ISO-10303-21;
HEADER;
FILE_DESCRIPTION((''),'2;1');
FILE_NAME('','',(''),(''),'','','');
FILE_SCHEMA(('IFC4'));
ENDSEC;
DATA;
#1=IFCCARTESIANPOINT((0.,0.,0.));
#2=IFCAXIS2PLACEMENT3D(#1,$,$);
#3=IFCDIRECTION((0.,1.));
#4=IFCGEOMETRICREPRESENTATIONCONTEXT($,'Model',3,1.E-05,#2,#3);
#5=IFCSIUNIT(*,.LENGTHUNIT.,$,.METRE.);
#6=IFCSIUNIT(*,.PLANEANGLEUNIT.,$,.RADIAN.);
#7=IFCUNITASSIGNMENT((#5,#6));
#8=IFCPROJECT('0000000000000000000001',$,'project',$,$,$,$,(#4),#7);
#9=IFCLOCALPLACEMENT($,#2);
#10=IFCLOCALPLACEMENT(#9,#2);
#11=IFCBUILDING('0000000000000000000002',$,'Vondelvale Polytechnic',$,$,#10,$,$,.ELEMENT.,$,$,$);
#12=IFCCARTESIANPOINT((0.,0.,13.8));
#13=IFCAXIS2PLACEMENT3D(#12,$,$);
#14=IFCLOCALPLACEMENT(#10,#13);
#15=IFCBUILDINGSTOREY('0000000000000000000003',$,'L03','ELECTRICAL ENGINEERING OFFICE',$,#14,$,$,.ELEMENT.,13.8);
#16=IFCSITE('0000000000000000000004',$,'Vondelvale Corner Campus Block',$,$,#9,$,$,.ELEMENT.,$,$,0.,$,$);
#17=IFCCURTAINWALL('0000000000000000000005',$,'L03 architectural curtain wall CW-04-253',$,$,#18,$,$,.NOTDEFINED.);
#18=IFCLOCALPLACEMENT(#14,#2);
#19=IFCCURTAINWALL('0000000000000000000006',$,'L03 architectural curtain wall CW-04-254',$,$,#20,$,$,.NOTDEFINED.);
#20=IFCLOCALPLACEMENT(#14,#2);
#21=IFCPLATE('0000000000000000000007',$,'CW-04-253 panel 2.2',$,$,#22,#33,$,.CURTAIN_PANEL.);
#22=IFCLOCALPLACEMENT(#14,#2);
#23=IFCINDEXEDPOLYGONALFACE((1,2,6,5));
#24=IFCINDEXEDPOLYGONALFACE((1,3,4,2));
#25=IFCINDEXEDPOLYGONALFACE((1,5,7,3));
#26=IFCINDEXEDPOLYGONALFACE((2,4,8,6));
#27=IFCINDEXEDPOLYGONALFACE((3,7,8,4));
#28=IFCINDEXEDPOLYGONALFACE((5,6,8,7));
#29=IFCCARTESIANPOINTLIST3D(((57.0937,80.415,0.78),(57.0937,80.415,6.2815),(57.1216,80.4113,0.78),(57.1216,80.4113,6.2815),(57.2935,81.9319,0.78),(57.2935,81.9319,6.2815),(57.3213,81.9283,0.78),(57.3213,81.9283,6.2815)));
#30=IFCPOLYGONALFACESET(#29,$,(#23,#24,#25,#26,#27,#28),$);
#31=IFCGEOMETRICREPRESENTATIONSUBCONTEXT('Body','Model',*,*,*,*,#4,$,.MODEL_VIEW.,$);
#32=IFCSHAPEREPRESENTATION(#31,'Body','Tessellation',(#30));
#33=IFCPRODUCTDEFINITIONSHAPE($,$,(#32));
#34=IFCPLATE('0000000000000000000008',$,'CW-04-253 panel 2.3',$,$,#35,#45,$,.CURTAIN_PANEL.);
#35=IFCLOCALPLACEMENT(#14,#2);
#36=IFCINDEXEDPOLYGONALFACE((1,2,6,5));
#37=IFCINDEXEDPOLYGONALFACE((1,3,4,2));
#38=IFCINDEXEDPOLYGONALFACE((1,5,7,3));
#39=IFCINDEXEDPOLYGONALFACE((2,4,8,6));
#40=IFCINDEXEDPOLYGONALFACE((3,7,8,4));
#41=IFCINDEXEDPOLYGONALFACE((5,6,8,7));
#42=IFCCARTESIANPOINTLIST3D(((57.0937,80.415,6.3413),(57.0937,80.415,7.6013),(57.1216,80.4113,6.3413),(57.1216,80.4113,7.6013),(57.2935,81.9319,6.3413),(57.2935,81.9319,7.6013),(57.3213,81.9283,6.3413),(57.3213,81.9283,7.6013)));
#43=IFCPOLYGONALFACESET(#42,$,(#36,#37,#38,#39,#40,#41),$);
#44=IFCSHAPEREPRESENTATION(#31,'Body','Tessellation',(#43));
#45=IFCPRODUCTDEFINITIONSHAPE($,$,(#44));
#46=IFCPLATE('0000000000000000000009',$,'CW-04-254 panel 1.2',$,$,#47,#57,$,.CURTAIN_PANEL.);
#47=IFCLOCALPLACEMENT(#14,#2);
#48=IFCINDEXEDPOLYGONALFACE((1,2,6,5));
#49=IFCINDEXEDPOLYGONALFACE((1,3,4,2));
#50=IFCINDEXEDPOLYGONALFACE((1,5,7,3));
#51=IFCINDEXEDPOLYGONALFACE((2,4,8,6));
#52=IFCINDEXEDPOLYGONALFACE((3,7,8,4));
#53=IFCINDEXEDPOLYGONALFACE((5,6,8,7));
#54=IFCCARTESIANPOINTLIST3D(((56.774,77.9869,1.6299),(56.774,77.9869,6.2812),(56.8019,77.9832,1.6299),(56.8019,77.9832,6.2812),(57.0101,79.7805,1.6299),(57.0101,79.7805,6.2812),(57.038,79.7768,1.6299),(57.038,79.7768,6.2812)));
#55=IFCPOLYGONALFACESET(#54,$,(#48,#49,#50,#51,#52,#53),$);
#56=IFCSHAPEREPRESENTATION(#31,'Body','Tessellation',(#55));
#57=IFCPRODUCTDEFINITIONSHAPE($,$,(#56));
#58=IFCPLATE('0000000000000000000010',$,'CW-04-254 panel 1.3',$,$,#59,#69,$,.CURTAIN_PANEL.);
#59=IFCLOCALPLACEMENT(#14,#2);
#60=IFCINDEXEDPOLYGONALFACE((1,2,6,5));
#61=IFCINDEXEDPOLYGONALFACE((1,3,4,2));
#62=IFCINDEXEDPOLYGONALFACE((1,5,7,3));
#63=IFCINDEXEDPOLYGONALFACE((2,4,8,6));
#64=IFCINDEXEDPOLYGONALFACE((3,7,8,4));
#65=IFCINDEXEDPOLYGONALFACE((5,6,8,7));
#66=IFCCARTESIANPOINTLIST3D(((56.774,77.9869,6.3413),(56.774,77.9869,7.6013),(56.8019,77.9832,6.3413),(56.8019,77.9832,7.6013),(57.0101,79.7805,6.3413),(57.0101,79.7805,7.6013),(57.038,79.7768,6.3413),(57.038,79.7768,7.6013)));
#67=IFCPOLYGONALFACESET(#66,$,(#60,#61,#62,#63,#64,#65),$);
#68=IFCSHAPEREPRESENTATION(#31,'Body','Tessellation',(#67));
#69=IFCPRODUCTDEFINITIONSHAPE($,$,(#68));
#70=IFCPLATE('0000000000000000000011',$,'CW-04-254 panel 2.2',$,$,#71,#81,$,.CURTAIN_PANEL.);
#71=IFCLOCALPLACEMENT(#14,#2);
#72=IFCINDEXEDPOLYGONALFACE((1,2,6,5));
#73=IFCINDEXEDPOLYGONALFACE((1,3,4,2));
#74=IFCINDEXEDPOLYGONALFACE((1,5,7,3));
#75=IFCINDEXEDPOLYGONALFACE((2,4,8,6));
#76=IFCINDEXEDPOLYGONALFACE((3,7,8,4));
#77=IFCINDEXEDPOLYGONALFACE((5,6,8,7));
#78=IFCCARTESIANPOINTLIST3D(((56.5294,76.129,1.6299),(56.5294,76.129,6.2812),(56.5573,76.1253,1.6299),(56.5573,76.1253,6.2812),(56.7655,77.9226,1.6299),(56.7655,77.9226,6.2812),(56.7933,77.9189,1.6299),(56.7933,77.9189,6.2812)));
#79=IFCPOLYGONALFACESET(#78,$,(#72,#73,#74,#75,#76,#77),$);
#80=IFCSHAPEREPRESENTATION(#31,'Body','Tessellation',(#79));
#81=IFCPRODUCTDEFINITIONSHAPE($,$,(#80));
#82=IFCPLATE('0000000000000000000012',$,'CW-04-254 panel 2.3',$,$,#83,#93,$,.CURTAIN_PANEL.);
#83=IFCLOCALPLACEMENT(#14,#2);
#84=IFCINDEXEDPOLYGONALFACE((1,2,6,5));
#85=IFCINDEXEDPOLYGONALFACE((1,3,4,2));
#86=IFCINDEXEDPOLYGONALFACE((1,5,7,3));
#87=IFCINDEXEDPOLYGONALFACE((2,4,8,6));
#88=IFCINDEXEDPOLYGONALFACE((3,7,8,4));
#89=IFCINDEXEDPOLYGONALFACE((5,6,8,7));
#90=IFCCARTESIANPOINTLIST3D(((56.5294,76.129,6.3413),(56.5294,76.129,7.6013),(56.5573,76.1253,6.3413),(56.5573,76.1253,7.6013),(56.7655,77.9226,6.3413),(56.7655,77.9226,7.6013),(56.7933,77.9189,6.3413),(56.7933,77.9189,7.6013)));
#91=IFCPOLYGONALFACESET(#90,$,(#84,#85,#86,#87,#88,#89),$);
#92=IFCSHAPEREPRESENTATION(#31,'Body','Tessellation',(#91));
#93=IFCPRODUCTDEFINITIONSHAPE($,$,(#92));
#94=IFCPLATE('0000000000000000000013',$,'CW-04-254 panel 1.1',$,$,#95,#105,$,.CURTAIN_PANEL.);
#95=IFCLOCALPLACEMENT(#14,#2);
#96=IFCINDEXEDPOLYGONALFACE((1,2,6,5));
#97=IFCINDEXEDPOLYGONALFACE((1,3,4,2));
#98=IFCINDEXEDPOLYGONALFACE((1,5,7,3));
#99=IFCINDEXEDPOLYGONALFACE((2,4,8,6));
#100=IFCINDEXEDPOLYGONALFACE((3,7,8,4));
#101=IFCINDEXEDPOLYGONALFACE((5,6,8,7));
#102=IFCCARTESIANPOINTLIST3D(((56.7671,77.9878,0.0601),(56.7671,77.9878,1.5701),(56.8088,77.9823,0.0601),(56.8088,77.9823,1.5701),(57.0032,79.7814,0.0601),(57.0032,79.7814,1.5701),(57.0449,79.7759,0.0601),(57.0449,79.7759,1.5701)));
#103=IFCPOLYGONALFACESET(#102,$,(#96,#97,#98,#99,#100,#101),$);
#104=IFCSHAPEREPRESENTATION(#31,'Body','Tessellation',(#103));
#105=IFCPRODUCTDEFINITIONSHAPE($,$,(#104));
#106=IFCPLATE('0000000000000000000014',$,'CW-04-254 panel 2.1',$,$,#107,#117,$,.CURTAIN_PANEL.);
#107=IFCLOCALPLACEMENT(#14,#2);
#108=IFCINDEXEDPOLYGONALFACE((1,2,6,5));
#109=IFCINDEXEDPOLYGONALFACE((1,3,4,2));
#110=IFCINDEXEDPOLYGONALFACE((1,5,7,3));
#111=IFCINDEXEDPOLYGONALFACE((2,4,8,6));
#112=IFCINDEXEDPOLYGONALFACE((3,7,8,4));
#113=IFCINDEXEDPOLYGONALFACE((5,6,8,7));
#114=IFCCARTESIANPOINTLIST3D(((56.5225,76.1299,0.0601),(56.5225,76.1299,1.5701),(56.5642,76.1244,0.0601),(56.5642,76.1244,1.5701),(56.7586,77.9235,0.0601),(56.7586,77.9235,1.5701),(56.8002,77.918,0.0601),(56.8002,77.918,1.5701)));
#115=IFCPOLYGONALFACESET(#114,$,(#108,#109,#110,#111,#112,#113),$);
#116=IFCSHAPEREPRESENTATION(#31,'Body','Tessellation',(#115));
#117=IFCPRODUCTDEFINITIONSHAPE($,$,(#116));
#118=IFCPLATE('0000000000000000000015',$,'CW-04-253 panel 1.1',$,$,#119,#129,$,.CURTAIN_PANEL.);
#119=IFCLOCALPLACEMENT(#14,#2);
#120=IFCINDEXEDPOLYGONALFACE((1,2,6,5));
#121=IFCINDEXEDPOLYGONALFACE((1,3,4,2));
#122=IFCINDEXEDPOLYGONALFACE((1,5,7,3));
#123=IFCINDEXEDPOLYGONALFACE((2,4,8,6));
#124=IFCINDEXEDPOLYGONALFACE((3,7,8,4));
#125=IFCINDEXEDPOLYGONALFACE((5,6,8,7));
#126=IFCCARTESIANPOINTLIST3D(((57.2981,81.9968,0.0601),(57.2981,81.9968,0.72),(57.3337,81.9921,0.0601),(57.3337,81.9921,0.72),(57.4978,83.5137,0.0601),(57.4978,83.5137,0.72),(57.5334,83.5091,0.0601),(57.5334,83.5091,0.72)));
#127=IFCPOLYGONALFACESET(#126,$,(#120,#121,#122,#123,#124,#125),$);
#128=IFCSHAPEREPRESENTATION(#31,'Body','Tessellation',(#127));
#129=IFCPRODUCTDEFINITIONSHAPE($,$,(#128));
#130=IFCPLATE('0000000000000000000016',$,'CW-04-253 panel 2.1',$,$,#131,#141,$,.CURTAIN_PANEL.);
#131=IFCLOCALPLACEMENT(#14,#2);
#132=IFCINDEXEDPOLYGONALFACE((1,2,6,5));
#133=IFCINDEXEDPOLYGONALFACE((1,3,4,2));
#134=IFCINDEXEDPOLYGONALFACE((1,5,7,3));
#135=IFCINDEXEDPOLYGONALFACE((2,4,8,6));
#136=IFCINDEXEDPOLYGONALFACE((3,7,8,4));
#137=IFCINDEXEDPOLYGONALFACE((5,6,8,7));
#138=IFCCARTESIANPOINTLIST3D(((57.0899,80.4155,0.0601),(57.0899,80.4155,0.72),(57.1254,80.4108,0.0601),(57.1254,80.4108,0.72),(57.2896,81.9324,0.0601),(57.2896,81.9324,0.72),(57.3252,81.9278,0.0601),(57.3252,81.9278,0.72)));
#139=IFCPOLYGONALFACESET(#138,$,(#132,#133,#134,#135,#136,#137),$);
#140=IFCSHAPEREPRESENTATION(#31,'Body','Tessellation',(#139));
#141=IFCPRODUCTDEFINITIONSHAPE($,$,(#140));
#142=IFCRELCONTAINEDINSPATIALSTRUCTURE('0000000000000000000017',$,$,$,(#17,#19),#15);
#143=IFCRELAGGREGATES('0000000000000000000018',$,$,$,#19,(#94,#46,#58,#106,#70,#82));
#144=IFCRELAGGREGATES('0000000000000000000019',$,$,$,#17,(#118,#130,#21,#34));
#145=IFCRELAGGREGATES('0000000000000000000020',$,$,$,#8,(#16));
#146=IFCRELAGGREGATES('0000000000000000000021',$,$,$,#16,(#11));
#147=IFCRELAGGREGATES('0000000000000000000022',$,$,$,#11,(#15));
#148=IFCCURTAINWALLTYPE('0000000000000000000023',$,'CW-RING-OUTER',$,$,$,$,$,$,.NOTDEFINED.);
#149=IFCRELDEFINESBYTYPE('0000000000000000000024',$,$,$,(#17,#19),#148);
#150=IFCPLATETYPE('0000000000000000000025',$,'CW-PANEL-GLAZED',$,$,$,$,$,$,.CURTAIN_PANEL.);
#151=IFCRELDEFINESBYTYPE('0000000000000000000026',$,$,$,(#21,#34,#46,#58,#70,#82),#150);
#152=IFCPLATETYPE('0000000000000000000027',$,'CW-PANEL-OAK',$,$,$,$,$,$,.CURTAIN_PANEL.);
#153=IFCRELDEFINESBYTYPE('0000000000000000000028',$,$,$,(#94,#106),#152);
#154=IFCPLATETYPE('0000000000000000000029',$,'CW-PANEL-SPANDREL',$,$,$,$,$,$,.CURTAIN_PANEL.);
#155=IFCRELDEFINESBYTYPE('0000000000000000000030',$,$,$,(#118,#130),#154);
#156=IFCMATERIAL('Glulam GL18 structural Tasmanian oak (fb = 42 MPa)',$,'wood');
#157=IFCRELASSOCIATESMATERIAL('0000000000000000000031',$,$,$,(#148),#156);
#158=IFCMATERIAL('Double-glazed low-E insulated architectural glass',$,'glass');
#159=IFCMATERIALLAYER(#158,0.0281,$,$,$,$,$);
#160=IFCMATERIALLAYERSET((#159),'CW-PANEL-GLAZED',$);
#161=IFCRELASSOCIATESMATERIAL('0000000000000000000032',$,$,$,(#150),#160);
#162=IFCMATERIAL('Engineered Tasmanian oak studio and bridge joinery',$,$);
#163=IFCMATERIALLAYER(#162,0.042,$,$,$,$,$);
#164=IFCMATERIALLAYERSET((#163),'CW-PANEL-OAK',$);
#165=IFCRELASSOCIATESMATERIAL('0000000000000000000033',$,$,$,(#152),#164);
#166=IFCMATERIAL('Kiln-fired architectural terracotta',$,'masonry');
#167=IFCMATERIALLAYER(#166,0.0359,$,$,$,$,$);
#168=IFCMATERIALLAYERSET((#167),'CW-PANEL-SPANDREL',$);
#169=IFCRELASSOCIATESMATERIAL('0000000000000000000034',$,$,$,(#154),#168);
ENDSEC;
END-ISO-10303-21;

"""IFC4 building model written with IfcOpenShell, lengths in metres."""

from ifc_helpers import new_model, si_unit, direction, frame, origin, origin_2d, place, context, subcontext, project, spatial, rectangle, extrude, material, layer, layer_set, type_object, element, aggregate, save


model = new_model("IFC4")

# Units and contexts
model_context = context("Model", 3, precision=1e-05, world=origin(), true_north=direction((0.0, 1.0)))
body_context = subcontext(model_context, "Body", "Model", "MODEL_VIEW")
ifc_project = project(units=[si_unit("LENGTHUNIT", "METRE"), si_unit("PLANEANGLEUNIT", "RADIAN")], contexts=[model_context])

# Site, building, storey
site_placement = place(None, origin())
site = spatial("IfcSite", under=ifc_project, at=site_placement, Name="Vondelvale Corner Campus Block", CompositionType="ELEMENT", RefElevation=0.0)
building_placement = place(site_placement, origin())
building = spatial("IfcBuilding", under=site, at=building_placement, Name="Vondelvale Polytechnic", CompositionType="ELEMENT")
storey_placement = place(building_placement, frame((0.0, 0.0, 13.8)))
storey = spatial("IfcBuildingStorey", under=building, at=storey_placement, Name="L03", Description="ELECTRICAL ENGINEERING OFFICE", CompositionType="ELEMENT", Elevation=13.8)

# Shared definitions
ifc_material_1 = material(Name="Glulam GL18 structural Tasmanian oak (fb = 42 MPa)", Category="wood")

# Shared definitions
curtain_wall_type = type_object("IfcCurtainWallType", Name="CW-RING-OUTER", PredefinedType="NOTDEFINED", material=ifc_material_1)

# Curtain walls
curtain_wall_1_placement = place(storey_placement, origin())
curtain_wall_1 = element("IfcCurtainWall", 1, at=curtain_wall_1_placement, inside=storey, type_object=curtain_wall_type, Name="L03 architectural curtain wall CW-04-253", PredefinedType="NOTDEFINED")
curtain_wall_2_placement = place(storey_placement, origin())
curtain_wall_2 = element("IfcCurtainWall", 2, at=curtain_wall_2_placement, inside=storey, type_object=curtain_wall_type, Name="L03 architectural curtain wall CW-04-254", PredefinedType="NOTDEFINED")

# Plates
ifc_material_2 = material(Name="Double-glazed low-E insulated architectural glass", Category="glass")
ifc_layer_1 = layer(ifc_material_2, 0.0281)
ifc_layer_set_1 = layer_set([ifc_layer_1], Name="CW-PANEL-GLAZED")
plate_type_1 = type_object("IfcPlateType", Name="CW-PANEL-GLAZED", PredefinedType="CURTAIN_PANEL", material=ifc_layer_set_1)
plate_1_placement = place(storey_placement, frame((57.2075, 81.1716, 0.78), z_axis=(0.0, 0.0, 1.0), x_axis=(-0.13054, -0.991443, 0.0)))
plate_1 = element("IfcPlate", 3, at=plate_1_placement, type_object=plate_type_1, Name="CW-04-253 panel 2.2", PredefinedType="CURTAIN_PANEL", context=body_context, shape_type="SweptSolid", body=[
    extrude(rectangle(XDim=1.53, YDim=0.0281, at=origin_2d()), origin(), (0.0, 0.0, 1.0), 5.5015),
])
plate_2_placement = place(storey_placement, frame((57.2075, 81.1716, 6.3413), z_axis=(0.0, 0.0, 1.0), x_axis=(-0.13054, -0.991443, 0.0)))
plate_2 = element("IfcPlate", 4, at=plate_2_placement, type_object=plate_type_1, Name="CW-04-253 panel 2.3", PredefinedType="CURTAIN_PANEL", context=body_context, shape_type="SweptSolid", body=[
    extrude(rectangle(XDim=1.53, YDim=0.0281, at=origin_2d()), origin(), (0.0, 0.0, 1.0), 1.26),
])
plate_3_placement = place(storey_placement, frame((56.906, 78.8818, 1.6299), z_axis=(0.0, 0.0, 1.0), x_axis=(-0.130497, -0.991449, 0.0)))
plate_3 = element("IfcPlate", 5, at=plate_3_placement, type_object=plate_type_1, Name="CW-04-254 panel 1.2", PredefinedType="CURTAIN_PANEL", context=body_context, shape_type="SweptSolid", body=[
    extrude(rectangle(XDim=1.8091, YDim=0.0281, at=origin_2d()), origin(), (0.0, 0.0, 1.0), 4.6514),
])
plate_4_placement = place(storey_placement, frame((56.906, 78.8818, 6.3413), z_axis=(0.0, 0.0, 1.0), x_axis=(-0.130497, -0.991449, 0.0)))
plate_4 = element("IfcPlate", 6, at=plate_4_placement, type_object=plate_type_1, Name="CW-04-254 panel 1.3", PredefinedType="CURTAIN_PANEL", context=body_context, shape_type="SweptSolid", body=[
    extrude(rectangle(XDim=1.8091, YDim=0.0281, at=origin_2d()), origin(), (0.0, 0.0, 1.0), 1.26),
])
plate_5_placement = place(storey_placement, frame((56.6614, 77.0239, 1.6299), z_axis=(0.0, 0.0, 1.0), x_axis=(-0.130497, -0.991449, 0.0)))
plate_5 = element("IfcPlate", 7, at=plate_5_placement, type_object=plate_type_1, Name="CW-04-254 panel 2.2", PredefinedType="CURTAIN_PANEL", context=body_context, shape_type="SweptSolid", body=[
    extrude(rectangle(XDim=1.8091, YDim=0.0281, at=origin_2d()), origin(), (0.0, 0.0, 1.0), 4.6514),
])
plate_6_placement = place(storey_placement, frame((56.6614, 77.0239, 6.3413), z_axis=(0.0, 0.0, 1.0), x_axis=(-0.130497, -0.991449, 0.0)))
plate_6 = element("IfcPlate", 8, at=plate_6_placement, type_object=plate_type_1, Name="CW-04-254 panel 2.3", PredefinedType="CURTAIN_PANEL", context=body_context, shape_type="SweptSolid", body=[
    extrude(rectangle(XDim=1.8091, YDim=0.0281, at=origin_2d()), origin(), (0.0, 0.0, 1.0), 1.26),
])
ifc_material_3 = material(Name="Engineered Tasmanian oak studio and bridge joinery")
ifc_layer_2 = layer(ifc_material_3, 0.042)
ifc_layer_set_2 = layer_set([ifc_layer_2], Name="CW-PANEL-OAK")
plate_type_2 = type_object("IfcPlateType", Name="CW-PANEL-OAK", PredefinedType="CURTAIN_PANEL", material=ifc_layer_set_2)
plate_7_placement = place(storey_placement, frame((56.906, 78.8818, 0.0601), z_axis=(0.0, 0.0, 1.0), x_axis=(-0.130497, -0.991449, 0.0)))
plate_7 = element("IfcPlate", 9, at=plate_7_placement, type_object=plate_type_2, Name="CW-04-254 panel 1.1", PredefinedType="CURTAIN_PANEL", context=body_context, shape_type="SweptSolid", body=[
    extrude(rectangle(XDim=1.8091, YDim=0.042, at=origin_2d()), origin(), (0.0, 0.0, 1.0), 1.51),
])
plate_8_placement = place(storey_placement, frame((56.6614, 77.0239, 0.0601), z_axis=(0.0, 0.0, 1.0), x_axis=(-0.130497, -0.991449, 0.0)))
plate_8 = element("IfcPlate", 10, at=plate_8_placement, type_object=plate_type_2, Name="CW-04-254 panel 2.1", PredefinedType="CURTAIN_PANEL", context=body_context, shape_type="SweptSolid", body=[
    extrude(rectangle(XDim=1.8091, YDim=0.042, at=origin_2d()), origin(), (0.0, 0.0, 1.0), 1.51),
])
aggregate(curtain_wall_2, [plate_7, plate_3, plate_4, plate_8, plate_5, plate_6])
ifc_material_4 = material(Name="Kiln-fired architectural terracotta", Category="masonry")
ifc_layer_3 = layer(ifc_material_4, 0.0359)
ifc_layer_set_3 = layer_set([ifc_layer_3], Name="CW-PANEL-SPANDREL")
plate_type_3 = type_object("IfcPlateType", Name="CW-PANEL-SPANDREL", PredefinedType="CURTAIN_PANEL", material=ifc_layer_set_3)
plate_9_placement = place(storey_placement, frame((57.4158, 82.7529, 0.0601), z_axis=(0.0, 0.0, 1.0), x_axis=(-0.13054, -0.991443, 0.0)))
plate_9 = element("IfcPlate", 11, at=plate_9_placement, type_object=plate_type_3, Name="CW-04-253 panel 1.1", PredefinedType="CURTAIN_PANEL", context=body_context, shape_type="SweptSolid", body=[
    extrude(rectangle(XDim=1.53, YDim=0.0359, at=origin_2d()), origin(), (0.0, 0.0, 1.0), 0.6599),
])
plate_10_placement = place(storey_placement, frame((57.2075, 81.1716, 0.0601), z_axis=(0.0, 0.0, 1.0), x_axis=(-0.13054, -0.991443, 0.0)))
plate_10 = element("IfcPlate", 12, at=plate_10_placement, type_object=plate_type_3, Name="CW-04-253 panel 2.1", PredefinedType="CURTAIN_PANEL", context=body_context, shape_type="SweptSolid", body=[
    extrude(rectangle(XDim=1.53, YDim=0.0359, at=origin_2d()), origin(), (0.0, 0.0, 1.0), 0.6599),
])
aggregate(curtain_wall_1, [plate_9, plate_10, plate_1, plate_2])

save(model, "model.ifc")
